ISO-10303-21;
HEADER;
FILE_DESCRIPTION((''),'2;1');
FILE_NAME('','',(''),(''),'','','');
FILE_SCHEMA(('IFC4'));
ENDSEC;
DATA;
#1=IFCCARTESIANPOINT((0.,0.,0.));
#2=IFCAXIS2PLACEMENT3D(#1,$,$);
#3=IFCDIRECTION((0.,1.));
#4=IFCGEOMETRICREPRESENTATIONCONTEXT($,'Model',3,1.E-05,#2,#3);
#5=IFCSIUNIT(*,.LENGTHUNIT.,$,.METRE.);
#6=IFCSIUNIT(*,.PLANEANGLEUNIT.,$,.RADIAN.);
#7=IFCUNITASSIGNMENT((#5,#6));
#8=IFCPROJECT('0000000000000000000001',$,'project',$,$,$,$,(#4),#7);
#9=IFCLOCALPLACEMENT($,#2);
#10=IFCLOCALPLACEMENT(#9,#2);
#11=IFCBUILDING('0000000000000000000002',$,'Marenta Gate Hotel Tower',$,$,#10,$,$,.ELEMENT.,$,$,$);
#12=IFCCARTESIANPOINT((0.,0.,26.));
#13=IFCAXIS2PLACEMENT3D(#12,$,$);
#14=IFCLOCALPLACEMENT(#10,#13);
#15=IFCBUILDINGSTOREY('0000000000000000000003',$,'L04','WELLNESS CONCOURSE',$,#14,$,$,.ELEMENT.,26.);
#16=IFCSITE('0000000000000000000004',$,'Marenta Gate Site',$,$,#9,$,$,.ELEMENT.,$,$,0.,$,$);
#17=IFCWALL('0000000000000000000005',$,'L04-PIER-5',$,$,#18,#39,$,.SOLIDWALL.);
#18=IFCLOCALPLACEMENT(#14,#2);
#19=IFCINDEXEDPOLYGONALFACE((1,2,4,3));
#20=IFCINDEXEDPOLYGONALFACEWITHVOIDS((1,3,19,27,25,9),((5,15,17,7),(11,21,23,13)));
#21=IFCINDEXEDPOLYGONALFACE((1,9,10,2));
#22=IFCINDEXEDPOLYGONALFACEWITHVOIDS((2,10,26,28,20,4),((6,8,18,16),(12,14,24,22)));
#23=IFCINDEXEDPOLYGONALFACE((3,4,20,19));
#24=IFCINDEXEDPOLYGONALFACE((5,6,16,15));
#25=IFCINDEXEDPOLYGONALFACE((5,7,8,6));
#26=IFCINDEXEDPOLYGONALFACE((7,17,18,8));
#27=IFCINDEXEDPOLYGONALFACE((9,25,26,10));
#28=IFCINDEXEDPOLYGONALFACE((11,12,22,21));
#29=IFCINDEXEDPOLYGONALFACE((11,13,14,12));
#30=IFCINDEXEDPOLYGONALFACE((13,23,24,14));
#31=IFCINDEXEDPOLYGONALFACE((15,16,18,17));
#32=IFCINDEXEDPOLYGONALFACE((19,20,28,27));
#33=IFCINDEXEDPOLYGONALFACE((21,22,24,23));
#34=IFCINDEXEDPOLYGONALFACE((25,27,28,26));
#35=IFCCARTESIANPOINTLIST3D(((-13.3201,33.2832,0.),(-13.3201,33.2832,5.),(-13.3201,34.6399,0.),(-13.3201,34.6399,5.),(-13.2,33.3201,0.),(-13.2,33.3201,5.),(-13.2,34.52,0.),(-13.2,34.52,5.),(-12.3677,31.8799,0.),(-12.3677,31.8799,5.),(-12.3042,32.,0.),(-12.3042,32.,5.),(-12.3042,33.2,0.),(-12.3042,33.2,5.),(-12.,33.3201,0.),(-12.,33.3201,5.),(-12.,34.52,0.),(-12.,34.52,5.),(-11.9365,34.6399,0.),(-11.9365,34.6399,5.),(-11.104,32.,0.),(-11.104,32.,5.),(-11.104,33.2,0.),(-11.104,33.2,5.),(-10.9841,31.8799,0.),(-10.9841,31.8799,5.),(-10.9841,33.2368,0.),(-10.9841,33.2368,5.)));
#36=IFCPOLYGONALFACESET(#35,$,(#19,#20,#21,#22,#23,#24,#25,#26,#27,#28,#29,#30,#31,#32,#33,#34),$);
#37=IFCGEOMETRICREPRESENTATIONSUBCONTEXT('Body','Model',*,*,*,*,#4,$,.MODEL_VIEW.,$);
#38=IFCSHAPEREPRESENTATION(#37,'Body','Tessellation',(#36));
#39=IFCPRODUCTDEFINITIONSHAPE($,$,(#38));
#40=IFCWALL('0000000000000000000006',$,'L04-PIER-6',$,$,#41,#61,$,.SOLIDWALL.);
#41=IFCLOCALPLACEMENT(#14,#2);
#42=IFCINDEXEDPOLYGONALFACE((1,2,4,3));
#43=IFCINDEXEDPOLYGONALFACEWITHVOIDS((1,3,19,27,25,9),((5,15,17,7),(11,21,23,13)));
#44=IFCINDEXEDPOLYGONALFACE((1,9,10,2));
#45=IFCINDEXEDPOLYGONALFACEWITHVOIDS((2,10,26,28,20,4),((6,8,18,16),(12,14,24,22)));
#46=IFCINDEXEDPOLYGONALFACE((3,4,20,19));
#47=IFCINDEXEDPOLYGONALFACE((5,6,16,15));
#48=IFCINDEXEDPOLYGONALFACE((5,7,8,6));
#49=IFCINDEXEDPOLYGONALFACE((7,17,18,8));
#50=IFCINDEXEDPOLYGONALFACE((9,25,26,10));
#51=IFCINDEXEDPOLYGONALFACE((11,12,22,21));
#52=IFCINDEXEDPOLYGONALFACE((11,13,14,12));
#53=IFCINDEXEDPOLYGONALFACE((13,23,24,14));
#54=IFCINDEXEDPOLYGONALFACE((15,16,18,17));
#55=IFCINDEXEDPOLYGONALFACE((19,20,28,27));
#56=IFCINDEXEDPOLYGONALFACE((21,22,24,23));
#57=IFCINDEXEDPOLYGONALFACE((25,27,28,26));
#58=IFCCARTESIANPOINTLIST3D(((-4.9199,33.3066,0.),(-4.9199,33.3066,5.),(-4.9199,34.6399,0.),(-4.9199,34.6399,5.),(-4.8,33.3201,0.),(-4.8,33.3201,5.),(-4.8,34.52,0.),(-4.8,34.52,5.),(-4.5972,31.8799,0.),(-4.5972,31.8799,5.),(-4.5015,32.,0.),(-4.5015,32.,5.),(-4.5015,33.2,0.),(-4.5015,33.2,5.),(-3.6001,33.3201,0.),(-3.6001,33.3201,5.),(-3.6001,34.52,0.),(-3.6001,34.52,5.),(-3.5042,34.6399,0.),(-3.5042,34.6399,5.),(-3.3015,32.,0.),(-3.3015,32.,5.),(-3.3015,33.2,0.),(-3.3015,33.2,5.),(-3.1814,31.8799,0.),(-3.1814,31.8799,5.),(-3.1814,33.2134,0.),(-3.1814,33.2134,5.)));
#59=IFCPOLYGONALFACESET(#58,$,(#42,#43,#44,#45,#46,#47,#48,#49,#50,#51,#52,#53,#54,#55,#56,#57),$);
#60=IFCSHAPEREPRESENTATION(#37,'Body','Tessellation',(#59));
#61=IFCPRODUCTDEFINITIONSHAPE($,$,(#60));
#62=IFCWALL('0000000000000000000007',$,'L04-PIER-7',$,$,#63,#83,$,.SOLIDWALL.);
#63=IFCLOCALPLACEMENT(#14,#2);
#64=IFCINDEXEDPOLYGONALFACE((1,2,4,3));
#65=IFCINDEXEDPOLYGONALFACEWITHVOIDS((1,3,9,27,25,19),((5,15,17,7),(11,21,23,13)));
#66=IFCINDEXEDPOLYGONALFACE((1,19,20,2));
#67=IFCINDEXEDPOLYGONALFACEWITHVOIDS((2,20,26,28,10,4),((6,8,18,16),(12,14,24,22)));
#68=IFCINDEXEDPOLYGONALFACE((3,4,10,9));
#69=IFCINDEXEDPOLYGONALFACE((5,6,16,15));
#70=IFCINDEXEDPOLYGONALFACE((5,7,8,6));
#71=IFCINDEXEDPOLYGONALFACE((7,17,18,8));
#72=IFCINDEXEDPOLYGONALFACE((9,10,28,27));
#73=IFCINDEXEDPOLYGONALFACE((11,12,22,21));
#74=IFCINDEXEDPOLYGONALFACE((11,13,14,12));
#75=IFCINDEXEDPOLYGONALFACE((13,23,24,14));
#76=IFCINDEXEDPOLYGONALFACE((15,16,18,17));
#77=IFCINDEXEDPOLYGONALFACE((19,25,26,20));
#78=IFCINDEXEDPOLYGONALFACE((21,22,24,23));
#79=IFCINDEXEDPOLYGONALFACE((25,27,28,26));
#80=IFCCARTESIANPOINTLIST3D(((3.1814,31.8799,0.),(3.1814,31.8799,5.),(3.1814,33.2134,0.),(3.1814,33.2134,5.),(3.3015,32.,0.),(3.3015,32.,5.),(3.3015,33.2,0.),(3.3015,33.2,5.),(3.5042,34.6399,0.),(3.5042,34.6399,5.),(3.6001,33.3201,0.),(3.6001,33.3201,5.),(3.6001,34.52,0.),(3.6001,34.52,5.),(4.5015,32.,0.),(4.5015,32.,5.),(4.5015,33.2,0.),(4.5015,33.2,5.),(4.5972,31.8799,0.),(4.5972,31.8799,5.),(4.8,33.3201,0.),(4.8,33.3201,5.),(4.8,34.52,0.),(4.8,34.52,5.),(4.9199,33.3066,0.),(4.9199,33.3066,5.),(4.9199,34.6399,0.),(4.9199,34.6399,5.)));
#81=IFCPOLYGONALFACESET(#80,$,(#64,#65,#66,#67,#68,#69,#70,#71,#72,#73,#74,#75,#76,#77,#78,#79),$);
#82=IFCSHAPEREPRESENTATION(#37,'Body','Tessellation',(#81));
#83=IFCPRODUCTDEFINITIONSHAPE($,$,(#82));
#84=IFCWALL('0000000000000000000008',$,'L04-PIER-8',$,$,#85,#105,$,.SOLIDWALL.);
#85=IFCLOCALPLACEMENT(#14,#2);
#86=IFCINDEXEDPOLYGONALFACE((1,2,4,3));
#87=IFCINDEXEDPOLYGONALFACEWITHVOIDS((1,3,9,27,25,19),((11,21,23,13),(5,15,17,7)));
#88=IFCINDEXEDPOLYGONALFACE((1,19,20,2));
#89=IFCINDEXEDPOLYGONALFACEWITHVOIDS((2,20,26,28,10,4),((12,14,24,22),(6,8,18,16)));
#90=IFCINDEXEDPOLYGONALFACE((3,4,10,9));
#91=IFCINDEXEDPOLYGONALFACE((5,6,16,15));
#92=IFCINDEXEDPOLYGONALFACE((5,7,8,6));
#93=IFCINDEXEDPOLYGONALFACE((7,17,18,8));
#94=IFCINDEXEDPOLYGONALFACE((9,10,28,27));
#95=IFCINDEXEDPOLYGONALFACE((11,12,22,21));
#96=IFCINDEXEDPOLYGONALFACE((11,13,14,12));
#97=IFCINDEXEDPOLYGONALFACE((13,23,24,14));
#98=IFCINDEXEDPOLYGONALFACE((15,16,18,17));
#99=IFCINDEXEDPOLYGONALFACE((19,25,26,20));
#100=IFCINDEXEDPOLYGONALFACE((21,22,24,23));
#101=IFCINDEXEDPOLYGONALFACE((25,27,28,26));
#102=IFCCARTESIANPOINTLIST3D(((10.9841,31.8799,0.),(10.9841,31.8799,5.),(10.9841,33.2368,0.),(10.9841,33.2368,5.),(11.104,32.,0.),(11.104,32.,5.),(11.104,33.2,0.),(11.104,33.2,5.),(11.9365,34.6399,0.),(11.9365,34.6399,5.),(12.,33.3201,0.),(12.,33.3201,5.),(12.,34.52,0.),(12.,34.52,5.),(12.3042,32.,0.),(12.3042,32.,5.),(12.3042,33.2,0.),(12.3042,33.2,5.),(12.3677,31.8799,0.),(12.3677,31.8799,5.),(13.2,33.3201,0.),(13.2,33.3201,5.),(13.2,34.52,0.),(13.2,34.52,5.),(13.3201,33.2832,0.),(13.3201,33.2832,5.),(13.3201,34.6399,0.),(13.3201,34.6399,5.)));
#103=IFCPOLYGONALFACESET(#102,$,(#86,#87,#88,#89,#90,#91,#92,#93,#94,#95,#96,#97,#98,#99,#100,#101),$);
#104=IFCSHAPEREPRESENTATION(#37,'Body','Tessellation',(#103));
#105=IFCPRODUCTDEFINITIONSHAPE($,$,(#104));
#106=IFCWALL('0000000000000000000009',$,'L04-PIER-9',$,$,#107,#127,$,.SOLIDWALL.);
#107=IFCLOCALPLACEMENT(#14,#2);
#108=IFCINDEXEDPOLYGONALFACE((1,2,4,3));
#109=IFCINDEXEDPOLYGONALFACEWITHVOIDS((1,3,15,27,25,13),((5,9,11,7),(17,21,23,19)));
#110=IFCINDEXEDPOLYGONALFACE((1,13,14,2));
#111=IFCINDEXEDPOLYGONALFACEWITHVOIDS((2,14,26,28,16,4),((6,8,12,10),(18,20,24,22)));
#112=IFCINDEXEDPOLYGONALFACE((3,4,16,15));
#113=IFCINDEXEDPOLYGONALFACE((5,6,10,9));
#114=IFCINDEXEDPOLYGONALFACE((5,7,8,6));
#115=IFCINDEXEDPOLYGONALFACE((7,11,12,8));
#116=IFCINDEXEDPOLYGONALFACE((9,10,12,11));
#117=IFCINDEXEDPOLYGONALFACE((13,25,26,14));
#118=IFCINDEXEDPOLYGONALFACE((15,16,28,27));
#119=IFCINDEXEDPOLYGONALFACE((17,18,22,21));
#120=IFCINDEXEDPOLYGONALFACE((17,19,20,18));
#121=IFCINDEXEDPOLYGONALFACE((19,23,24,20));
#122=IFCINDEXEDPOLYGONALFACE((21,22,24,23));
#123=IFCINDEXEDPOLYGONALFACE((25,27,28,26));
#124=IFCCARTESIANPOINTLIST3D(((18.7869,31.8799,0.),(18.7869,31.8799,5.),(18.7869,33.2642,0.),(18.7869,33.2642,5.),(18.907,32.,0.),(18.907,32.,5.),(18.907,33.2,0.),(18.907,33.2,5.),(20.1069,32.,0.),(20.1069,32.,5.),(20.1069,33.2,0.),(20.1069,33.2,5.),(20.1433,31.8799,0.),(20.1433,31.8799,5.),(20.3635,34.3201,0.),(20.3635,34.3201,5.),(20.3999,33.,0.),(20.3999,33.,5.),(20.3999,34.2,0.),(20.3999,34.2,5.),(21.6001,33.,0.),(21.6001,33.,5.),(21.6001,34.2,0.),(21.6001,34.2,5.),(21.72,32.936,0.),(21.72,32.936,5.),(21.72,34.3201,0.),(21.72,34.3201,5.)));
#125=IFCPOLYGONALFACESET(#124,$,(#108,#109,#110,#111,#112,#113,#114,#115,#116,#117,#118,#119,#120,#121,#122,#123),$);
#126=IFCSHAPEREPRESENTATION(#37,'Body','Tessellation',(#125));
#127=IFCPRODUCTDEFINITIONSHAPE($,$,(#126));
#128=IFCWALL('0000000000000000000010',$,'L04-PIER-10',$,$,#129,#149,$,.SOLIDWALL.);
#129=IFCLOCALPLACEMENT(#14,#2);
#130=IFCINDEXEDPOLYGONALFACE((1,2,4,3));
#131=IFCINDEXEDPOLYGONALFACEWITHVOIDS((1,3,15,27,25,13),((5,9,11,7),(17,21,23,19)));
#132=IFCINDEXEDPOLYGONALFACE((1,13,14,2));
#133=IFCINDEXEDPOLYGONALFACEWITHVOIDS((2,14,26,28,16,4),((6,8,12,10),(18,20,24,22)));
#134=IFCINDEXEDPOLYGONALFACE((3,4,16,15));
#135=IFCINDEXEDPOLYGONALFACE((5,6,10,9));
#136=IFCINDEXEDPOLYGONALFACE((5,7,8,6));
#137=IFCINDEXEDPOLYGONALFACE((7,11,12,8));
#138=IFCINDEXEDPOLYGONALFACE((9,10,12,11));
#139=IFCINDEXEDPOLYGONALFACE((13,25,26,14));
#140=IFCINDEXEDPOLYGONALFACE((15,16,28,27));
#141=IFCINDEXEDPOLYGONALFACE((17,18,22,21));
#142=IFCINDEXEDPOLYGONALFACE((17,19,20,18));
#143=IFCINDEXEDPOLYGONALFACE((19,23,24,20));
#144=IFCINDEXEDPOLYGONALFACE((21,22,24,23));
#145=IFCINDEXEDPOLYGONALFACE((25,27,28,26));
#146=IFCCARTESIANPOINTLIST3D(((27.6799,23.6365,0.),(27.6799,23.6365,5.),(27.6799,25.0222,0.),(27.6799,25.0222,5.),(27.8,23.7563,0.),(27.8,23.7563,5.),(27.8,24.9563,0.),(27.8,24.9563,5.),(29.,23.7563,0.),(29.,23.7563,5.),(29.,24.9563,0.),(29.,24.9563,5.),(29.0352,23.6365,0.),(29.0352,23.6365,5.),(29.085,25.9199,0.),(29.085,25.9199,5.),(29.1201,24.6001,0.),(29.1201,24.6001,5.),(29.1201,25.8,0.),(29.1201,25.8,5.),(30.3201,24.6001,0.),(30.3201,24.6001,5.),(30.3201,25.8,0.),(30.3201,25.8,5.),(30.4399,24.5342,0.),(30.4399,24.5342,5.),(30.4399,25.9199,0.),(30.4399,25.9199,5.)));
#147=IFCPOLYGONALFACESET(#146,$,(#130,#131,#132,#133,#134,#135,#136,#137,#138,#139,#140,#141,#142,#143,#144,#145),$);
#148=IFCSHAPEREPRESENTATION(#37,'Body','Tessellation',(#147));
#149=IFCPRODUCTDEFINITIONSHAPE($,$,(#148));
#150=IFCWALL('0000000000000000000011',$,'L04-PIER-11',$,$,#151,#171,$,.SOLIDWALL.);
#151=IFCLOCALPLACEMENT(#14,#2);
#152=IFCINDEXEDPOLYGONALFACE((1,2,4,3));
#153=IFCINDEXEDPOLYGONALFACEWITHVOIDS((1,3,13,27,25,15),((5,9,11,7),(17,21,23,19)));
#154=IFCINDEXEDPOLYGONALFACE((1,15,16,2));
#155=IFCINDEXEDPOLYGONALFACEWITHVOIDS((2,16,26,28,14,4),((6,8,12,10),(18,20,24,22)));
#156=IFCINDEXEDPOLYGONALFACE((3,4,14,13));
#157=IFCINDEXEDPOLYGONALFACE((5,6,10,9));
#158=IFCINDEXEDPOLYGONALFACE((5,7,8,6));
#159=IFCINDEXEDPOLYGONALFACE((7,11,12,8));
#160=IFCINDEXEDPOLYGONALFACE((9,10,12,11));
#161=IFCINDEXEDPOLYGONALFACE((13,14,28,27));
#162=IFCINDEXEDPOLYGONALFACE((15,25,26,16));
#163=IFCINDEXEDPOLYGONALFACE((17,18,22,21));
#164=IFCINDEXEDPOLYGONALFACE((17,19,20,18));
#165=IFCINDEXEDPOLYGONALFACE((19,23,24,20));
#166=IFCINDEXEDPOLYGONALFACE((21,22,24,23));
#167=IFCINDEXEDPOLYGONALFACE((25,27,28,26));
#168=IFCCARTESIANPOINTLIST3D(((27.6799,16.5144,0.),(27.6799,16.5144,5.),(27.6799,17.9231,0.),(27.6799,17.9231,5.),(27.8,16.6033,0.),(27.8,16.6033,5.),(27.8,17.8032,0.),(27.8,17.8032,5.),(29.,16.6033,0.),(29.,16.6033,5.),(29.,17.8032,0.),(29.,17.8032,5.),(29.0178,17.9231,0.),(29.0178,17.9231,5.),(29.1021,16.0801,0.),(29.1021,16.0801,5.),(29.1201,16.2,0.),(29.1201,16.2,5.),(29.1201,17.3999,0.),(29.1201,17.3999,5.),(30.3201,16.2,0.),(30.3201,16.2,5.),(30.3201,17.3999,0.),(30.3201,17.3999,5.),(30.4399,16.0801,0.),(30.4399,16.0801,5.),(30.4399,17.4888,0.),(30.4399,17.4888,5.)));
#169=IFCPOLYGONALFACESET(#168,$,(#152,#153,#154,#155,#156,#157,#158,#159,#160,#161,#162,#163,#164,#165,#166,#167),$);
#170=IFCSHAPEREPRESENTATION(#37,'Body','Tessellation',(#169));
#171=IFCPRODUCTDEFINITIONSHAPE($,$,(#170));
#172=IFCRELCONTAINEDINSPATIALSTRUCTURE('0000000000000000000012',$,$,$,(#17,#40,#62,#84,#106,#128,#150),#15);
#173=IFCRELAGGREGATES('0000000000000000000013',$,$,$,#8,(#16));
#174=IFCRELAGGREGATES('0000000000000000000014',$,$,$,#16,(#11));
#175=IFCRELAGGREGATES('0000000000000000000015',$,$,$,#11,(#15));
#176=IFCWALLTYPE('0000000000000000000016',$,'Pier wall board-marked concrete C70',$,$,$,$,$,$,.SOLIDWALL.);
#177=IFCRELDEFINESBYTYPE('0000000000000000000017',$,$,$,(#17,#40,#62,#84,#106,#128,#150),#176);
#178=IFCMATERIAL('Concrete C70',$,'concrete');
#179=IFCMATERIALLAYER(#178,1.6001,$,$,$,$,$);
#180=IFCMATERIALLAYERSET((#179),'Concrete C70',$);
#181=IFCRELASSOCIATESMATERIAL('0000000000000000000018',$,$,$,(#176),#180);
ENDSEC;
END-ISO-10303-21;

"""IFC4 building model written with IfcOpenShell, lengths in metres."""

from ifc_helpers import new_model, si_unit, direction, frame, origin, place, context, subcontext, project, spatial, polyline, outline, extrude, material, layer, layer_set, type_object, element, save


model = new_model("IFC4")

# Units and contexts
model_context = context("Model", 3, precision=1e-05, world=origin(), true_north=direction((0.0, 1.0)))
body_context = subcontext(model_context, "Body", "Model", "MODEL_VIEW")
ifc_project = project(units=[si_unit("LENGTHUNIT", "METRE"), si_unit("PLANEANGLEUNIT", "RADIAN")], contexts=[model_context])

# Site, building, storey
site_placement = place(None, origin())
site = spatial("IfcSite", under=ifc_project, at=site_placement, Name="Marenta Gate Site", CompositionType="ELEMENT", RefElevation=0.0)
building_placement = place(site_placement, origin())
building = spatial("IfcBuilding", under=site, at=building_placement, Name="Marenta Gate Hotel Tower", CompositionType="ELEMENT")
storey_placement = place(building_placement, frame((0.0, 0.0, 26.0)))
storey = spatial("IfcBuildingStorey", under=building, at=storey_placement, Name="L04", Description="WELLNESS CONCOURSE", CompositionType="ELEMENT", Elevation=26.0)

# Walls
ifc_material_1 = material(Name="Concrete C70", Category="concrete")
ifc_layer_1 = layer(ifc_material_1, 1.6001)
ifc_layer_set_1 = layer_set([ifc_layer_1], Name="Concrete C70")
wall_type = type_object("IfcWallType", Name="Pier wall board-marked concrete C70", PredefinedType="SOLIDWALL", material=ifc_layer_set_1)
wall_1_placement = place(storey_placement, origin())
element("IfcWall", 1, at=wall_1_placement, inside=storey, type_object=wall_type, Name="L04-PIER-5", PredefinedType="SOLIDWALL", context=body_context, shape_type="SweptSolid", body=[
    extrude(outline(polyline([(-13.3201, 34.6399), (-11.9365, 34.6399), (-10.9841, 33.2368), (-10.9841, 31.8799), (-12.3677, 31.8799), (-13.3201, 33.2832), (-13.3201, 34.6399)]), holes=[polyline([(-11.104, 32.0), (-11.104, 33.2), (-12.3042, 33.2), (-12.3042, 32.0), (-11.104, 32.0)]), polyline([(-12.0, 33.3201), (-12.0, 34.52), (-13.2, 34.52), (-13.2, 33.3201), (-12.0, 33.3201)])]), origin(), (0.0, 0.0, 1.0), 5.0),
])
wall_2_placement = place(storey_placement, origin())
element("IfcWall", 2, at=wall_2_placement, inside=storey, type_object=wall_type, Name="L04-PIER-6", PredefinedType="SOLIDWALL", context=body_context, shape_type="SweptSolid", body=[
    extrude(outline(polyline([(-4.9199, 33.3066), (-4.9199, 34.6399), (-3.5042, 34.6399), (-3.1814, 33.2134), (-3.1814, 31.8799), (-4.5972, 31.8799), (-4.9199, 33.3066)]), holes=[polyline([(-4.5015, 32.0), (-3.3015, 32.0), (-3.3015, 33.2), (-4.5015, 33.2), (-4.5015, 32.0)]), polyline([(-4.8, 33.3201), (-3.6001, 33.3201), (-3.6001, 34.52), (-4.8, 34.52), (-4.8, 33.3201)])]), origin(), (0.0, 0.0, 1.0), 5.0),
])
wall_3_placement = place(storey_placement, origin())
element("IfcWall", 3, at=wall_3_placement, inside=storey, type_object=wall_type, Name="L04-PIER-7", PredefinedType="SOLIDWALL", context=body_context, shape_type="SweptSolid", body=[
    extrude(outline(polyline([(3.1814, 33.2134), (3.5042, 34.6399), (4.9199, 34.6399), (4.9199, 33.3066), (4.5972, 31.8799), (3.1814, 31.8799), (3.1814, 33.2134)]), holes=[polyline([(3.6001, 33.3201), (4.8, 33.3201), (4.8, 34.52), (3.6001, 34.52), (3.6001, 33.3201)]), polyline([(3.3015, 32.0), (4.5015, 32.0), (4.5015, 33.2), (3.3015, 33.2), (3.3015, 32.0)])]), origin(), (0.0, 0.0, 1.0), 5.0),
])
wall_4_placement = place(storey_placement, origin())
element("IfcWall", 4, at=wall_4_placement, inside=storey, type_object=wall_type, Name="L04-PIER-8", PredefinedType="SOLIDWALL", context=body_context, shape_type="SweptSolid", body=[
    extrude(outline(polyline([(11.9365, 34.6399), (13.3201, 34.6399), (13.3201, 33.2832), (12.3677, 31.8799), (10.9841, 31.8799), (10.9841, 33.2368), (11.9365, 34.6399)]), holes=[polyline([(13.2, 33.3201), (13.2, 34.52), (12.0, 34.52), (12.0, 33.3201), (13.2, 33.3201)]), polyline([(12.3042, 32.0), (12.3042, 33.2), (11.104, 33.2), (11.104, 32.0), (12.3042, 32.0)])]), origin(), (0.0, 0.0, 1.0), 5.0),
])
wall_5_placement = place(storey_placement, origin())
element("IfcWall", 5, at=wall_5_placement, inside=storey, type_object=wall_type, Name="L04-PIER-9", PredefinedType="SOLIDWALL", context=body_context, shape_type="SweptSolid", body=[
    extrude(outline(polyline([(20.3635, 34.3201), (21.72, 34.3201), (21.72, 32.936), (20.1433, 31.8799), (18.7869, 31.8799), (18.7869, 33.2642), (20.3635, 34.3201)]), holes=[polyline([(21.6001, 33.0), (21.6001, 34.2), (20.3999, 34.2), (20.3999, 33.0), (21.6001, 33.0)]), polyline([(20.1069, 32.0), (20.1069, 33.2), (18.907, 33.2), (18.907, 32.0), (20.1069, 32.0)])]), origin(), (0.0, 0.0, 1.0), 5.0),
])
wall_6_placement = place(storey_placement, origin())
element("IfcWall", 6, at=wall_6_placement, inside=storey, type_object=wall_type, Name="L04-PIER-10", PredefinedType="SOLIDWALL", context=body_context, shape_type="SweptSolid", body=[
    extrude(outline(polyline([(27.6799, 25.0222), (29.085, 25.9199), (30.4399, 25.9199), (30.4399, 24.5342), (29.0352, 23.6365), (27.6799, 23.6365), (27.6799, 25.0222)]), holes=[polyline([(29.1201, 24.6001), (30.3201, 24.6001), (30.3201, 25.8), (29.1201, 25.8), (29.1201, 24.6001)]), polyline([(27.8, 23.7563), (29.0, 23.7563), (29.0, 24.9563), (27.8, 24.9563), (27.8, 23.7563)])]), origin(), (0.0, 0.0, 1.0), 5.0),
])
wall_7_placement = place(storey_placement, origin())
element("IfcWall", 7, at=wall_7_placement, inside=storey, type_object=wall_type, Name="L04-PIER-11", PredefinedType="SOLIDWALL", context=body_context, shape_type="SweptSolid", body=[
    extrude(outline(polyline([(27.6799, 16.5144), (27.6799, 17.9231), (29.0178, 17.9231), (30.4399, 17.4888), (30.4399, 16.0801), (29.1021, 16.0801), (27.6799, 16.5144)]), holes=[polyline([(29.1201, 16.2), (30.3201, 16.2), (30.3201, 17.3999), (29.1201, 17.3999), (29.1201, 16.2)]), polyline([(27.8, 16.6033), (29.0, 16.6033), (29.0, 17.8032), (27.8, 17.8032), (27.8, 16.6033)])]), origin(), (0.0, 0.0, 1.0), 5.0),
])

save(model, "model.ifc")
